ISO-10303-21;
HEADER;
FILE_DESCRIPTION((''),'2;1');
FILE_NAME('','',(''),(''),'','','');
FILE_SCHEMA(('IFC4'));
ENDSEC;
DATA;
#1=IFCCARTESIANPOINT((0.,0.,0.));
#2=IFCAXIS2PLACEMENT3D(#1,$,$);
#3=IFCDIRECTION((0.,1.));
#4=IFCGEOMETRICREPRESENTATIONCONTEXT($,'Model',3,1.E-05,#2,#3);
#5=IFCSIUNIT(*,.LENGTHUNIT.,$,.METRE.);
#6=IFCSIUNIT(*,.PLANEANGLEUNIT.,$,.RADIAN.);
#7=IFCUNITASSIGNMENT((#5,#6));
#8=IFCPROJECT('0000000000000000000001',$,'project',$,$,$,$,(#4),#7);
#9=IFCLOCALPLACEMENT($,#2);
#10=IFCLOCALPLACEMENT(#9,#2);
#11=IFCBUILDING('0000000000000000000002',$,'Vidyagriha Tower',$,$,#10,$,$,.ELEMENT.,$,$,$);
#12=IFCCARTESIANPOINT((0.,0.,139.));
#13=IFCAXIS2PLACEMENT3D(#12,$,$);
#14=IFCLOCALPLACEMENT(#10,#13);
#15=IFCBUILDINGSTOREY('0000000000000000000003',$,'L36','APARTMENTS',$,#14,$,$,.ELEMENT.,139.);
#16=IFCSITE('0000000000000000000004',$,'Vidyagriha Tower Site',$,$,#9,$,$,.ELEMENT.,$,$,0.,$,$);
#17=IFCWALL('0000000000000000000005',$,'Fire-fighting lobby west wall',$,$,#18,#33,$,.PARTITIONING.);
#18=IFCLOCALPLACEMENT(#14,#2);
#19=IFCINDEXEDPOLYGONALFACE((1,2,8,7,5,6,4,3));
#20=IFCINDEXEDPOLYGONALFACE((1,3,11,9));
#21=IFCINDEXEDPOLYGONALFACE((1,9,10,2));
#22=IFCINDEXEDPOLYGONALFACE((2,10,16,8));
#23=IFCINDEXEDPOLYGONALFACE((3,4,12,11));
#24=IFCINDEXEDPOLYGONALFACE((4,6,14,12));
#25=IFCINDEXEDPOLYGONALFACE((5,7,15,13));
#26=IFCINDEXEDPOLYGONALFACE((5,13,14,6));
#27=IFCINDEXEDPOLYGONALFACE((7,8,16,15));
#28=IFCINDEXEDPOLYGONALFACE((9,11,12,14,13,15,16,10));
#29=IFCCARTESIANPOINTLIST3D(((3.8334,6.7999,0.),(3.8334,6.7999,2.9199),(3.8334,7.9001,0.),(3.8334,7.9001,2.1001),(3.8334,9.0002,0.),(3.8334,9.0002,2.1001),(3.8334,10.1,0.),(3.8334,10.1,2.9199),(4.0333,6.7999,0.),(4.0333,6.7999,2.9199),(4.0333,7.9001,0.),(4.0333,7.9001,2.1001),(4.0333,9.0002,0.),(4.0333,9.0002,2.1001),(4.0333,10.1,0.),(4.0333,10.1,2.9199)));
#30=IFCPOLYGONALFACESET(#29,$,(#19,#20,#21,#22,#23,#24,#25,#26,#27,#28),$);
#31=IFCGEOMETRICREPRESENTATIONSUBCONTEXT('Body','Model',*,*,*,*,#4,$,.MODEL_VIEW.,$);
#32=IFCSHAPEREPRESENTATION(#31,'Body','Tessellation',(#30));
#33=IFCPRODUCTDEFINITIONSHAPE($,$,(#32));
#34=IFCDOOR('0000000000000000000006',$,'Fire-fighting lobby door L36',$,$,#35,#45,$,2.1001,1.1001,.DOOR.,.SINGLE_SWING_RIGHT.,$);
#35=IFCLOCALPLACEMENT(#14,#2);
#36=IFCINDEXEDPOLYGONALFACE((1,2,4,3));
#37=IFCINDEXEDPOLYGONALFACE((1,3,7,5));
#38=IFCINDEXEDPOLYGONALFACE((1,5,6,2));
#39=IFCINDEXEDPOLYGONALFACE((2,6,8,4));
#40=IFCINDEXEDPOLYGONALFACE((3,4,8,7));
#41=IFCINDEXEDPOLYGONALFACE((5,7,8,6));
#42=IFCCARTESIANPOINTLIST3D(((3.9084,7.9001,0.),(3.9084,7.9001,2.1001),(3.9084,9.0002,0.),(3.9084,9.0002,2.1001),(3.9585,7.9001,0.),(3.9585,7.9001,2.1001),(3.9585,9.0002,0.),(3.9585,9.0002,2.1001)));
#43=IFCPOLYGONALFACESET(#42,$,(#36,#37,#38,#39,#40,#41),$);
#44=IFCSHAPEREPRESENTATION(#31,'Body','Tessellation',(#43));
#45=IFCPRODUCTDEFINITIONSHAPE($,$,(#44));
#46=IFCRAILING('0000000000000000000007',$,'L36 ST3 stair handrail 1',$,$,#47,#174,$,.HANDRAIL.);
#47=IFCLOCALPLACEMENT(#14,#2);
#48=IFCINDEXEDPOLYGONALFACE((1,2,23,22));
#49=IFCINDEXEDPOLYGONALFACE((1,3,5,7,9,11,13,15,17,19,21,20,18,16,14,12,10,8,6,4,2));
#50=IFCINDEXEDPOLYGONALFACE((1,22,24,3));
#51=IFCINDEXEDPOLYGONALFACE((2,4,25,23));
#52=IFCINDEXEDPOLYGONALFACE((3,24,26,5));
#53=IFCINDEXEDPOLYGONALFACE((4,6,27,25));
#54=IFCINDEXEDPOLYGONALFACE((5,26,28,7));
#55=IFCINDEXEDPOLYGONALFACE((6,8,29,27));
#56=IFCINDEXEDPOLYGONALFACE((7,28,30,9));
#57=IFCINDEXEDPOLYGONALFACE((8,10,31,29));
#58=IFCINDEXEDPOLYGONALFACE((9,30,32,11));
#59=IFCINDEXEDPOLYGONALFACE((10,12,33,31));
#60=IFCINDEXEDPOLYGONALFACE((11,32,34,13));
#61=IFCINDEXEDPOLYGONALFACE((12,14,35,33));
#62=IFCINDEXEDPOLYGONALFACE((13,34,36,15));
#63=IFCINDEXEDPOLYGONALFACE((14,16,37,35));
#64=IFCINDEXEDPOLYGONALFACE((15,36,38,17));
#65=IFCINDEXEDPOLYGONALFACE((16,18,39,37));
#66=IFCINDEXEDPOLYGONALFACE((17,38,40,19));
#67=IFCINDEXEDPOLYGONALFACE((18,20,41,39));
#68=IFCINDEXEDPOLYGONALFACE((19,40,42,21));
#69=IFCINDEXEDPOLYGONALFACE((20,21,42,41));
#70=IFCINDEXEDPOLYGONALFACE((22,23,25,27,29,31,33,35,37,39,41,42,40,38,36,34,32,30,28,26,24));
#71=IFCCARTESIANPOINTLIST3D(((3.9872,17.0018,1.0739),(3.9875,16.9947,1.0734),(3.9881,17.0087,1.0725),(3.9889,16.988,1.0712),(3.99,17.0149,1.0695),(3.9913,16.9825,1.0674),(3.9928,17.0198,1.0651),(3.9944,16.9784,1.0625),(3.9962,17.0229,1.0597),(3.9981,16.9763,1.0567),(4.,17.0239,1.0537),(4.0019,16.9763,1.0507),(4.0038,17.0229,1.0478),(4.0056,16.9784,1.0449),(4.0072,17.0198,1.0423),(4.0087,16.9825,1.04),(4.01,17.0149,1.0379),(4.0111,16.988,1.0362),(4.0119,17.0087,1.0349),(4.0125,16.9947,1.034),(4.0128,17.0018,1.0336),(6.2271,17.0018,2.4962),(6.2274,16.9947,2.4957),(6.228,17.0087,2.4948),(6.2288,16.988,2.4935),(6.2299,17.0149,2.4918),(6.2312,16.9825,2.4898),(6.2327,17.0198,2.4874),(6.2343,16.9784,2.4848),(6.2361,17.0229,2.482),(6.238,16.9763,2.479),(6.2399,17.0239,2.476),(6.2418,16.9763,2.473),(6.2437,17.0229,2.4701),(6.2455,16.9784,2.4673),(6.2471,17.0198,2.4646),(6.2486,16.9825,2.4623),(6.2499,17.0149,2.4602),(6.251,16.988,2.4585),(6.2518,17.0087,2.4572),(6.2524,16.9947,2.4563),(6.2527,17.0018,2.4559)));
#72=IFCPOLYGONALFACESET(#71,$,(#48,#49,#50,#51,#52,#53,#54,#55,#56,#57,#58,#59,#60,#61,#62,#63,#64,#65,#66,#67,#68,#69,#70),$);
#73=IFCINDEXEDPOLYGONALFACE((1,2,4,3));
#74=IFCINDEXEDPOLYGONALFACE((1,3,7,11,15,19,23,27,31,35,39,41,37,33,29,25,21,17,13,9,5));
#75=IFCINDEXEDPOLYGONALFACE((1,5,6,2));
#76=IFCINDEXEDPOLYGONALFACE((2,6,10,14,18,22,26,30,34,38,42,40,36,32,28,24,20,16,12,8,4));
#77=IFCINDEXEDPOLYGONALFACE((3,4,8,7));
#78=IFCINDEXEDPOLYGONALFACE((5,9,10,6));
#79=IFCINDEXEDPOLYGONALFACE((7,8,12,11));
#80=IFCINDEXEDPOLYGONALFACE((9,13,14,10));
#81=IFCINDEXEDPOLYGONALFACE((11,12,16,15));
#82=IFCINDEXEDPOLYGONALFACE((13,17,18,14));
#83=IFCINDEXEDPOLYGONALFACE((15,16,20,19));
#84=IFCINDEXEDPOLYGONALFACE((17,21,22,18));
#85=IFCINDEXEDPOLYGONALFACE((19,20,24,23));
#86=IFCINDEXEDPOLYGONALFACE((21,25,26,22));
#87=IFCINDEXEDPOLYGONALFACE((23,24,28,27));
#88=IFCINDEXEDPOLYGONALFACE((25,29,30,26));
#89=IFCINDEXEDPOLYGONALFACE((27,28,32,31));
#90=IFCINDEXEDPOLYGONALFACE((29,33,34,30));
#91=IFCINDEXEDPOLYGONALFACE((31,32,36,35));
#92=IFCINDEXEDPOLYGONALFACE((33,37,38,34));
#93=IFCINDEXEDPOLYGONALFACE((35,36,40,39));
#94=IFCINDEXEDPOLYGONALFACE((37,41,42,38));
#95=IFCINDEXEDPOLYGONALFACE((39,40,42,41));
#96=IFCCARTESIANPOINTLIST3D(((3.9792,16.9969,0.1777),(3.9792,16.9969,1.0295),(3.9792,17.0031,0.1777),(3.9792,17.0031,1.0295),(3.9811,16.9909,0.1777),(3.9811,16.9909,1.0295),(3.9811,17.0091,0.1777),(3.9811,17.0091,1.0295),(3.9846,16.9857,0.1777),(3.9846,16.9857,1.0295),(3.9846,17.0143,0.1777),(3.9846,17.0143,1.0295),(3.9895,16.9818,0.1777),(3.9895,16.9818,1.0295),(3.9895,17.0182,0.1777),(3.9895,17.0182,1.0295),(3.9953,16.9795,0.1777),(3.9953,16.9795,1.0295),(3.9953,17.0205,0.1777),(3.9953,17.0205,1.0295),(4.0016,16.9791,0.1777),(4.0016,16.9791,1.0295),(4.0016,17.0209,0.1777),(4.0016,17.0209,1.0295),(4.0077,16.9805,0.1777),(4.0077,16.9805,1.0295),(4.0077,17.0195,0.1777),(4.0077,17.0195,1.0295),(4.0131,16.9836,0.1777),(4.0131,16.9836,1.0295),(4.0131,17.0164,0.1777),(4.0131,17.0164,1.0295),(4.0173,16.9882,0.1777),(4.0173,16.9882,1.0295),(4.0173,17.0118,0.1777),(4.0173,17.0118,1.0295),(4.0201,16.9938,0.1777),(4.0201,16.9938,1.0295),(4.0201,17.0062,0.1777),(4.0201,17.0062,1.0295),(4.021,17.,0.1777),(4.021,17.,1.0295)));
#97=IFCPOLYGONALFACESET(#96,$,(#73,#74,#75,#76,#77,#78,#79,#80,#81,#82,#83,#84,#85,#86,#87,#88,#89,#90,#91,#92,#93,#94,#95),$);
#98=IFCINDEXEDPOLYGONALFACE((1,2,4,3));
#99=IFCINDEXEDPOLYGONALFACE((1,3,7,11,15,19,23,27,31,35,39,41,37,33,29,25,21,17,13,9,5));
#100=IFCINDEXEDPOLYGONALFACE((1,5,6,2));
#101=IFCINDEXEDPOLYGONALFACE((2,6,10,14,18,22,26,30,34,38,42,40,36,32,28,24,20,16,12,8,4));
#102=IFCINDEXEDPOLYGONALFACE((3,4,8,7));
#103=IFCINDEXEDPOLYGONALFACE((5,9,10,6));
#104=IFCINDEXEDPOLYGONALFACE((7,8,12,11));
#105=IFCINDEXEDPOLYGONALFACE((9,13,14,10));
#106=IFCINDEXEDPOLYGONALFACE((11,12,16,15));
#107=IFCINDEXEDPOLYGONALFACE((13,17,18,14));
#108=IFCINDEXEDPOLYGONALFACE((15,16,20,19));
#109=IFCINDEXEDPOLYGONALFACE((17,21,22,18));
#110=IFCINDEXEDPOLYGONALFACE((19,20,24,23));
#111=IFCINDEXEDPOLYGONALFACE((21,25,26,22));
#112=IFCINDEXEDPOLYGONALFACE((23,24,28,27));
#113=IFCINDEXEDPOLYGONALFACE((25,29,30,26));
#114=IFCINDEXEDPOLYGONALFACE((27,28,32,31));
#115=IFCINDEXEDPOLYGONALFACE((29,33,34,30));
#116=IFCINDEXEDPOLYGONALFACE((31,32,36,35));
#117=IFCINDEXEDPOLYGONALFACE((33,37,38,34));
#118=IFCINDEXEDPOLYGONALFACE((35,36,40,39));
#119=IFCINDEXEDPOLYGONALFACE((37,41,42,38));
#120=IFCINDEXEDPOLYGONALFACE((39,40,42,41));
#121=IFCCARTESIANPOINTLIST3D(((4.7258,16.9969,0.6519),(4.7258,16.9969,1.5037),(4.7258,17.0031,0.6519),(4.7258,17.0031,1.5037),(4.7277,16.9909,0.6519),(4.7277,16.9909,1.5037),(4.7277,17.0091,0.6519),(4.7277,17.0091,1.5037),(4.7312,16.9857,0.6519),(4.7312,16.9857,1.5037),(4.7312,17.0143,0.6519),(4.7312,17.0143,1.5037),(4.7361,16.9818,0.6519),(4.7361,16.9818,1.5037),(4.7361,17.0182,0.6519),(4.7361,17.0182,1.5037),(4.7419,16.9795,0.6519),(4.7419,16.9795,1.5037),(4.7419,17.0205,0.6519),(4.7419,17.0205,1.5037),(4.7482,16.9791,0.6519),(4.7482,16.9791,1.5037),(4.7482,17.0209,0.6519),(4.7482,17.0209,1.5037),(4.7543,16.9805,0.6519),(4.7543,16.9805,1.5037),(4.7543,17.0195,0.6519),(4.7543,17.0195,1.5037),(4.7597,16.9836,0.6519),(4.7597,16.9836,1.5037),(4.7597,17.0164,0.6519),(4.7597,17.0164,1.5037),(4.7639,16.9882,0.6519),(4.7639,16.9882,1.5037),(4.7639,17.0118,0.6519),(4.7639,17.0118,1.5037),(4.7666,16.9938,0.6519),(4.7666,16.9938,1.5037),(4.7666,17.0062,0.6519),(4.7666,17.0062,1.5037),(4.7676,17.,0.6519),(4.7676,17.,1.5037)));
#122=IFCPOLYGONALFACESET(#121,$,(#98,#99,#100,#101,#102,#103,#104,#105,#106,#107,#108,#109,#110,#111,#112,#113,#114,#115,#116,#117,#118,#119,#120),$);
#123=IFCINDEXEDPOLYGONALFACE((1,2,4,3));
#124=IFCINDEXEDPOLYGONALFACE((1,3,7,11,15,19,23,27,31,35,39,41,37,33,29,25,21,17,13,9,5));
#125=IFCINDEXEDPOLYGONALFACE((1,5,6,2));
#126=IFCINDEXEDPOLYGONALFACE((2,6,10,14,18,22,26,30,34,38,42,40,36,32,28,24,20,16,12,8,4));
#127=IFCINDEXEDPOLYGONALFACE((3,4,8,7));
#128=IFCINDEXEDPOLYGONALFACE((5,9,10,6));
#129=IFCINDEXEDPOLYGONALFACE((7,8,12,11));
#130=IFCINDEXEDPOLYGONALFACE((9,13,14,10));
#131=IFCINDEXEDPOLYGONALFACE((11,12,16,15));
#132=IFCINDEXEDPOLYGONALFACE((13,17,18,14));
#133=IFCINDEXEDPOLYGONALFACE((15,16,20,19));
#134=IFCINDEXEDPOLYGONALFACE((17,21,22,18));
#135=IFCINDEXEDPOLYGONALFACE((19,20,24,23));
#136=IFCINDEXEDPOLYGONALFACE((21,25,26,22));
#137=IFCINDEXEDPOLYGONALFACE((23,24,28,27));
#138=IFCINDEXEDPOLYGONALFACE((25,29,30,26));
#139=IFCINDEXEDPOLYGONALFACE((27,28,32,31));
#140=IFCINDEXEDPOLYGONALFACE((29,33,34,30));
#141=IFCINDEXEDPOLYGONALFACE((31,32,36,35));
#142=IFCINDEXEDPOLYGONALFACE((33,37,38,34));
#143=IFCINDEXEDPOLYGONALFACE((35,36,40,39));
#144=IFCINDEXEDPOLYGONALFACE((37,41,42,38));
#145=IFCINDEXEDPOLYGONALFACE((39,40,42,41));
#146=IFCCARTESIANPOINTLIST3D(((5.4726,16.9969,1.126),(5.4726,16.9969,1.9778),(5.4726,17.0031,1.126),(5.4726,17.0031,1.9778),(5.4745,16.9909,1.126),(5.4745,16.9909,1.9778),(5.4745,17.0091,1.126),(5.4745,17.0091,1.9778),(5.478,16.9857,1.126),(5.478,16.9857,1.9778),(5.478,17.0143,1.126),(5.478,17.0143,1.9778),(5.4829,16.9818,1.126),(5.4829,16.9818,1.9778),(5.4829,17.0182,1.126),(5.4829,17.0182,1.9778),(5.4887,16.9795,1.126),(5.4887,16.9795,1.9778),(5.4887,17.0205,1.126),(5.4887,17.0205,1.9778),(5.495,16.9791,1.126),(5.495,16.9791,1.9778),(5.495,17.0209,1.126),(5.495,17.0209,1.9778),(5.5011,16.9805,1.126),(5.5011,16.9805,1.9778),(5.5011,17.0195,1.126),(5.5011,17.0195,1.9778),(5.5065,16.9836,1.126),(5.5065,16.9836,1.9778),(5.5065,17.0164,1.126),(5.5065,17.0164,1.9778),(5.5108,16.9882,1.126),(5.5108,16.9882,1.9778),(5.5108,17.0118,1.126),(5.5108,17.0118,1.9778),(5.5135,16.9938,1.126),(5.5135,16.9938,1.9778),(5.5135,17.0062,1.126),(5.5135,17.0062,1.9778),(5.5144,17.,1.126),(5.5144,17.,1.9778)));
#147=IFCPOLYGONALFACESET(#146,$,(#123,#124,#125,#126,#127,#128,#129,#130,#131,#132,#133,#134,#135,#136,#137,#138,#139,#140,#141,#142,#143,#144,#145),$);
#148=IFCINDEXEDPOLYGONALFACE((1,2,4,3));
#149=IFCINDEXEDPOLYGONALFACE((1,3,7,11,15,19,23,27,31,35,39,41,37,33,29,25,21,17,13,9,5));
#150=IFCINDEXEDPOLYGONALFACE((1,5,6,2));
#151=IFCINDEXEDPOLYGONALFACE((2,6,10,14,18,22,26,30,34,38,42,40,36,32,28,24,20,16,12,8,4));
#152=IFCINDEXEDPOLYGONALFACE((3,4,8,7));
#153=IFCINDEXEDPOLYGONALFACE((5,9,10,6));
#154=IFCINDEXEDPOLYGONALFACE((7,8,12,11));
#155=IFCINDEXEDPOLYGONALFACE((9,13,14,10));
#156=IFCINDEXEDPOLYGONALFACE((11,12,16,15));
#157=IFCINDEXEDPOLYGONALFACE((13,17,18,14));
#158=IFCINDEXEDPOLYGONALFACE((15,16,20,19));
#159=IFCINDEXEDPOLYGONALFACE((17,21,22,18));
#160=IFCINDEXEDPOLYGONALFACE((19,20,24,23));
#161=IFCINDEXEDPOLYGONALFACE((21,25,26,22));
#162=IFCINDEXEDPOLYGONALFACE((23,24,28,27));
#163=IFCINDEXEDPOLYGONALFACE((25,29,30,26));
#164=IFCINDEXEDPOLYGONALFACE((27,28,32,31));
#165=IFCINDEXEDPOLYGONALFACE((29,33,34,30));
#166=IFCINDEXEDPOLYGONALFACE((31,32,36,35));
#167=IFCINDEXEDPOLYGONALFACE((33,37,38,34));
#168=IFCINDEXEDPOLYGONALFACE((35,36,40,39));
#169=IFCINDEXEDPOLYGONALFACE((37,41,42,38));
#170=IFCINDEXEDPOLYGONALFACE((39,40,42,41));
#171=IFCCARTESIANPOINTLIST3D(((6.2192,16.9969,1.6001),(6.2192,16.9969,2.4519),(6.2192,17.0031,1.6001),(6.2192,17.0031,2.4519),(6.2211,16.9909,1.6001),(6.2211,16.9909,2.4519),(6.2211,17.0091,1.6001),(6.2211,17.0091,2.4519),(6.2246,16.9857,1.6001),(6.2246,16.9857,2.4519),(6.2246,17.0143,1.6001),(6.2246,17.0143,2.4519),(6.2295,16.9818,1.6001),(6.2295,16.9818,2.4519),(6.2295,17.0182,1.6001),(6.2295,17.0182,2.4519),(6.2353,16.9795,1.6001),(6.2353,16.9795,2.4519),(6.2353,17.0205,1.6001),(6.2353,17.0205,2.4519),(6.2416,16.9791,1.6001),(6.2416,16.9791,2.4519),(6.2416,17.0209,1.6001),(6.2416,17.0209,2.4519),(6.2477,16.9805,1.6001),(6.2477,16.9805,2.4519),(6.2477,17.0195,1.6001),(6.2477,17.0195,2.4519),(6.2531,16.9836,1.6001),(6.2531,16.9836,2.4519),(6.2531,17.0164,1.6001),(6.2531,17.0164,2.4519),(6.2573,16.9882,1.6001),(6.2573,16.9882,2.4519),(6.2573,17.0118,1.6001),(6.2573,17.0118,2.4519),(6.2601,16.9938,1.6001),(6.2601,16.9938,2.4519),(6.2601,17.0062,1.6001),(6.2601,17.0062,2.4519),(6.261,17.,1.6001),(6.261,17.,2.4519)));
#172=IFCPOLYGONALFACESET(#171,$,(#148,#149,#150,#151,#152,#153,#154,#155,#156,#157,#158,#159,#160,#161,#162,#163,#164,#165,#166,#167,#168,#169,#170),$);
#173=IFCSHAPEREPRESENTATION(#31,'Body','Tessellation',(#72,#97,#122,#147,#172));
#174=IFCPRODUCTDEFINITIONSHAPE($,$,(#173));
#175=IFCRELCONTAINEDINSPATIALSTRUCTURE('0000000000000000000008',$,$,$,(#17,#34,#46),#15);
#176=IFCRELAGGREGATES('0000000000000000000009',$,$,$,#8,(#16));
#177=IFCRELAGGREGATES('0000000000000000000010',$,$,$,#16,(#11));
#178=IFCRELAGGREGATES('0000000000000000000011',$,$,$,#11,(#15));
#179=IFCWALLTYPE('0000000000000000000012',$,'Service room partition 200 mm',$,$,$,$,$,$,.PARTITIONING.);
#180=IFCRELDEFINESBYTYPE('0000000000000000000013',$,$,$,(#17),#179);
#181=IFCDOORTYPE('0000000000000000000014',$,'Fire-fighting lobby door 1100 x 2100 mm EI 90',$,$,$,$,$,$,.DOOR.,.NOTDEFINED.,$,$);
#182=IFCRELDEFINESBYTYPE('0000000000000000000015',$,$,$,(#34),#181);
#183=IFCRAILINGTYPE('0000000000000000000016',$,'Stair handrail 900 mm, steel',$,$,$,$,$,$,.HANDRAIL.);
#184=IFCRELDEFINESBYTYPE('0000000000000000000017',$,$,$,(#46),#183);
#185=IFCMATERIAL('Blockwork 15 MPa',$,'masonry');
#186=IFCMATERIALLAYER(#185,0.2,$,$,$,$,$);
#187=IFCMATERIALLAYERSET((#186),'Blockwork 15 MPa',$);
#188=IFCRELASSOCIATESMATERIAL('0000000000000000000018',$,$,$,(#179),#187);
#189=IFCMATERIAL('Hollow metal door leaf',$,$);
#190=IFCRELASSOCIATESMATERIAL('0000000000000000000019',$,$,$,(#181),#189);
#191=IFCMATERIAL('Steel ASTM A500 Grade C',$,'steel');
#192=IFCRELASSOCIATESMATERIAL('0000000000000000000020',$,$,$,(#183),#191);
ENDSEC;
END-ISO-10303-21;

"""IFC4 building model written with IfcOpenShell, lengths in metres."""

from ifc_helpers import new_model, si_unit, direction, frame, frame_2d, origin, origin_2d, place, context, subcontext, project, spatial, rectangle, circle, extrude, material, layer, layer_set, type_object, element, fill, save


model = new_model("IFC4")

# Units and contexts
model_context = context("Model", 3, precision=1e-05, world=origin(), true_north=direction((0.0, 1.0)))
body_context = subcontext(model_context, "Body", "Model", "MODEL_VIEW")
ifc_project = project(units=[si_unit("LENGTHUNIT", "METRE"), si_unit("PLANEANGLEUNIT", "RADIAN")], contexts=[model_context])

# Site, building, storey
site_placement = place(None, origin())
site = spatial("IfcSite", under=ifc_project, at=site_placement, Name="Vidyagriha Tower Site", CompositionType="ELEMENT", RefElevation=0.0)
building_placement = place(site_placement, origin())
building = spatial("IfcBuilding", under=site, at=building_placement, Name="Vidyagriha Tower", CompositionType="ELEMENT")
storey_placement = place(building_placement, frame((0.0, 0.0, 139.0)))
storey = spatial("IfcBuildingStorey", under=building, at=storey_placement, Name="L36", Description="APARTMENTS", CompositionType="ELEMENT", Elevation=139.0)

# Wall, opening, door
ifc_material_1 = material(Name="Blockwork 15 MPa", Category="masonry")
ifc_layer_1 = layer(ifc_material_1, 0.2)
ifc_layer_set_1 = layer_set([ifc_layer_1], Name="Blockwork 15 MPa")
wall_type_1 = type_object("IfcWallType", Name="Service room partition 200 mm", PredefinedType="PARTITIONING", material=ifc_layer_set_1)
wall_1_placement = place(storey_placement, frame((3.9333, 6.8, 0.0), z_axis=(0.0, 0.0, 1.0), x_axis=(0.0, 1.0, 0.0)))
wall_1 = element("IfcWall", 1, at=wall_1_placement, inside=storey, type_object=wall_type_1, Name="Fire-fighting lobby west wall", PredefinedType="PARTITIONING", context=body_context, shape_type="SweptSolid", body=[
    extrude(rectangle(XDim=3.3, YDim=0.2, at=frame_2d((1.6499, 0.0))), origin(), (0.0, 0.0, 1.0), 2.9199),
])
opening_1_placement = place(wall_1_placement, frame((1.1001, 0.0, 0.0)))
opening_1 = element("IfcOpeningElement", 2, at=opening_1_placement, cuts=wall_1, PredefinedType="OPENING", context=body_context, shape_type="SweptSolid", body=[
    extrude(rectangle(XDim=1.1001, YDim=2.1001, at=frame_2d((0.55, 1.05))), frame((0.0, 0.1099, 0.0), z_axis=(0.0, -1.0, 0.0), x_axis=(1.0, 0.0, 0.0)), (0.0, 0.0, 1.0), 0.22),
])
ifc_material_2 = material(Name="Hollow metal door leaf")
door_type_1 = type_object("IfcDoorType", Name="Fire-fighting lobby door 1100 x 2100 mm EI 90", OperationType="NOTDEFINED", PredefinedType="DOOR", material=ifc_material_2)
door_1_placement = place(opening_1_placement, origin())
door_1 = element("IfcDoor", 3, at=door_1_placement, inside=storey, type_object=door_type_1, Name="Fire-fighting lobby door L36", OperationType="SINGLE_SWING_RIGHT", OverallHeight=2.1001, OverallWidth=1.1001, PredefinedType="DOOR", context=body_context, shape_type="SweptSolid", body=[
    extrude(rectangle(XDim=1.1001, YDim=2.1001, at=frame_2d((0.55, 1.05))), frame((0.0, 0.0249, 0.0), z_axis=(0.0, -1.0, 0.0), x_axis=(1.0, 0.0, 0.0)), (0.0, 0.0, 1.0), 0.05),
])
fill(opening_1, door_1)

# Railing
ifc_material_3 = material(Name="Steel ASTM A500 Grade C", Category="steel")
railing_type = type_object("IfcRailingType", Name="Stair handrail 900 mm, steel", PredefinedType="HANDRAIL", material=ifc_material_3)
railing_placement = place(storey_placement, frame((4.0, 17.0, 0.1777)))
element("IfcRailing", 4, at=railing_placement, inside=storey, type_object=railing_type, Name="L36 ST3 stair handrail 1", PredefinedType="HANDRAIL", context=body_context, shape_type="SweptSolid", body=[
    extrude(circle(Radius=0.0239, at=origin_2d()), frame((0.0, 0.0, 0.876), z_axis=(0.844188, 0.0, 0.536048), x_axis=(0.0, 1.0, 0.0)), (0.0, 0.0, 1.0), 2.6533),
    extrude(circle(Radius=0.021, at=origin_2d()), origin(), (0.0, 0.0, 1.0), 0.8518),
    extrude(circle(Radius=0.021, at=origin_2d()), frame((0.7466, 0.0, 0.4741)), (0.0, 0.0, 1.0), 0.8518),
    extrude(circle(Radius=0.021, at=origin_2d()), frame((1.4934, 0.0, 0.9482)), (0.0, 0.0, 1.0), 0.8518),
    extrude(circle(Radius=0.021, at=origin_2d()), frame((2.24, 0.0, 1.4224)), (0.0, 0.0, 1.0), 0.8518),
])

save(model, "model.ifc")
